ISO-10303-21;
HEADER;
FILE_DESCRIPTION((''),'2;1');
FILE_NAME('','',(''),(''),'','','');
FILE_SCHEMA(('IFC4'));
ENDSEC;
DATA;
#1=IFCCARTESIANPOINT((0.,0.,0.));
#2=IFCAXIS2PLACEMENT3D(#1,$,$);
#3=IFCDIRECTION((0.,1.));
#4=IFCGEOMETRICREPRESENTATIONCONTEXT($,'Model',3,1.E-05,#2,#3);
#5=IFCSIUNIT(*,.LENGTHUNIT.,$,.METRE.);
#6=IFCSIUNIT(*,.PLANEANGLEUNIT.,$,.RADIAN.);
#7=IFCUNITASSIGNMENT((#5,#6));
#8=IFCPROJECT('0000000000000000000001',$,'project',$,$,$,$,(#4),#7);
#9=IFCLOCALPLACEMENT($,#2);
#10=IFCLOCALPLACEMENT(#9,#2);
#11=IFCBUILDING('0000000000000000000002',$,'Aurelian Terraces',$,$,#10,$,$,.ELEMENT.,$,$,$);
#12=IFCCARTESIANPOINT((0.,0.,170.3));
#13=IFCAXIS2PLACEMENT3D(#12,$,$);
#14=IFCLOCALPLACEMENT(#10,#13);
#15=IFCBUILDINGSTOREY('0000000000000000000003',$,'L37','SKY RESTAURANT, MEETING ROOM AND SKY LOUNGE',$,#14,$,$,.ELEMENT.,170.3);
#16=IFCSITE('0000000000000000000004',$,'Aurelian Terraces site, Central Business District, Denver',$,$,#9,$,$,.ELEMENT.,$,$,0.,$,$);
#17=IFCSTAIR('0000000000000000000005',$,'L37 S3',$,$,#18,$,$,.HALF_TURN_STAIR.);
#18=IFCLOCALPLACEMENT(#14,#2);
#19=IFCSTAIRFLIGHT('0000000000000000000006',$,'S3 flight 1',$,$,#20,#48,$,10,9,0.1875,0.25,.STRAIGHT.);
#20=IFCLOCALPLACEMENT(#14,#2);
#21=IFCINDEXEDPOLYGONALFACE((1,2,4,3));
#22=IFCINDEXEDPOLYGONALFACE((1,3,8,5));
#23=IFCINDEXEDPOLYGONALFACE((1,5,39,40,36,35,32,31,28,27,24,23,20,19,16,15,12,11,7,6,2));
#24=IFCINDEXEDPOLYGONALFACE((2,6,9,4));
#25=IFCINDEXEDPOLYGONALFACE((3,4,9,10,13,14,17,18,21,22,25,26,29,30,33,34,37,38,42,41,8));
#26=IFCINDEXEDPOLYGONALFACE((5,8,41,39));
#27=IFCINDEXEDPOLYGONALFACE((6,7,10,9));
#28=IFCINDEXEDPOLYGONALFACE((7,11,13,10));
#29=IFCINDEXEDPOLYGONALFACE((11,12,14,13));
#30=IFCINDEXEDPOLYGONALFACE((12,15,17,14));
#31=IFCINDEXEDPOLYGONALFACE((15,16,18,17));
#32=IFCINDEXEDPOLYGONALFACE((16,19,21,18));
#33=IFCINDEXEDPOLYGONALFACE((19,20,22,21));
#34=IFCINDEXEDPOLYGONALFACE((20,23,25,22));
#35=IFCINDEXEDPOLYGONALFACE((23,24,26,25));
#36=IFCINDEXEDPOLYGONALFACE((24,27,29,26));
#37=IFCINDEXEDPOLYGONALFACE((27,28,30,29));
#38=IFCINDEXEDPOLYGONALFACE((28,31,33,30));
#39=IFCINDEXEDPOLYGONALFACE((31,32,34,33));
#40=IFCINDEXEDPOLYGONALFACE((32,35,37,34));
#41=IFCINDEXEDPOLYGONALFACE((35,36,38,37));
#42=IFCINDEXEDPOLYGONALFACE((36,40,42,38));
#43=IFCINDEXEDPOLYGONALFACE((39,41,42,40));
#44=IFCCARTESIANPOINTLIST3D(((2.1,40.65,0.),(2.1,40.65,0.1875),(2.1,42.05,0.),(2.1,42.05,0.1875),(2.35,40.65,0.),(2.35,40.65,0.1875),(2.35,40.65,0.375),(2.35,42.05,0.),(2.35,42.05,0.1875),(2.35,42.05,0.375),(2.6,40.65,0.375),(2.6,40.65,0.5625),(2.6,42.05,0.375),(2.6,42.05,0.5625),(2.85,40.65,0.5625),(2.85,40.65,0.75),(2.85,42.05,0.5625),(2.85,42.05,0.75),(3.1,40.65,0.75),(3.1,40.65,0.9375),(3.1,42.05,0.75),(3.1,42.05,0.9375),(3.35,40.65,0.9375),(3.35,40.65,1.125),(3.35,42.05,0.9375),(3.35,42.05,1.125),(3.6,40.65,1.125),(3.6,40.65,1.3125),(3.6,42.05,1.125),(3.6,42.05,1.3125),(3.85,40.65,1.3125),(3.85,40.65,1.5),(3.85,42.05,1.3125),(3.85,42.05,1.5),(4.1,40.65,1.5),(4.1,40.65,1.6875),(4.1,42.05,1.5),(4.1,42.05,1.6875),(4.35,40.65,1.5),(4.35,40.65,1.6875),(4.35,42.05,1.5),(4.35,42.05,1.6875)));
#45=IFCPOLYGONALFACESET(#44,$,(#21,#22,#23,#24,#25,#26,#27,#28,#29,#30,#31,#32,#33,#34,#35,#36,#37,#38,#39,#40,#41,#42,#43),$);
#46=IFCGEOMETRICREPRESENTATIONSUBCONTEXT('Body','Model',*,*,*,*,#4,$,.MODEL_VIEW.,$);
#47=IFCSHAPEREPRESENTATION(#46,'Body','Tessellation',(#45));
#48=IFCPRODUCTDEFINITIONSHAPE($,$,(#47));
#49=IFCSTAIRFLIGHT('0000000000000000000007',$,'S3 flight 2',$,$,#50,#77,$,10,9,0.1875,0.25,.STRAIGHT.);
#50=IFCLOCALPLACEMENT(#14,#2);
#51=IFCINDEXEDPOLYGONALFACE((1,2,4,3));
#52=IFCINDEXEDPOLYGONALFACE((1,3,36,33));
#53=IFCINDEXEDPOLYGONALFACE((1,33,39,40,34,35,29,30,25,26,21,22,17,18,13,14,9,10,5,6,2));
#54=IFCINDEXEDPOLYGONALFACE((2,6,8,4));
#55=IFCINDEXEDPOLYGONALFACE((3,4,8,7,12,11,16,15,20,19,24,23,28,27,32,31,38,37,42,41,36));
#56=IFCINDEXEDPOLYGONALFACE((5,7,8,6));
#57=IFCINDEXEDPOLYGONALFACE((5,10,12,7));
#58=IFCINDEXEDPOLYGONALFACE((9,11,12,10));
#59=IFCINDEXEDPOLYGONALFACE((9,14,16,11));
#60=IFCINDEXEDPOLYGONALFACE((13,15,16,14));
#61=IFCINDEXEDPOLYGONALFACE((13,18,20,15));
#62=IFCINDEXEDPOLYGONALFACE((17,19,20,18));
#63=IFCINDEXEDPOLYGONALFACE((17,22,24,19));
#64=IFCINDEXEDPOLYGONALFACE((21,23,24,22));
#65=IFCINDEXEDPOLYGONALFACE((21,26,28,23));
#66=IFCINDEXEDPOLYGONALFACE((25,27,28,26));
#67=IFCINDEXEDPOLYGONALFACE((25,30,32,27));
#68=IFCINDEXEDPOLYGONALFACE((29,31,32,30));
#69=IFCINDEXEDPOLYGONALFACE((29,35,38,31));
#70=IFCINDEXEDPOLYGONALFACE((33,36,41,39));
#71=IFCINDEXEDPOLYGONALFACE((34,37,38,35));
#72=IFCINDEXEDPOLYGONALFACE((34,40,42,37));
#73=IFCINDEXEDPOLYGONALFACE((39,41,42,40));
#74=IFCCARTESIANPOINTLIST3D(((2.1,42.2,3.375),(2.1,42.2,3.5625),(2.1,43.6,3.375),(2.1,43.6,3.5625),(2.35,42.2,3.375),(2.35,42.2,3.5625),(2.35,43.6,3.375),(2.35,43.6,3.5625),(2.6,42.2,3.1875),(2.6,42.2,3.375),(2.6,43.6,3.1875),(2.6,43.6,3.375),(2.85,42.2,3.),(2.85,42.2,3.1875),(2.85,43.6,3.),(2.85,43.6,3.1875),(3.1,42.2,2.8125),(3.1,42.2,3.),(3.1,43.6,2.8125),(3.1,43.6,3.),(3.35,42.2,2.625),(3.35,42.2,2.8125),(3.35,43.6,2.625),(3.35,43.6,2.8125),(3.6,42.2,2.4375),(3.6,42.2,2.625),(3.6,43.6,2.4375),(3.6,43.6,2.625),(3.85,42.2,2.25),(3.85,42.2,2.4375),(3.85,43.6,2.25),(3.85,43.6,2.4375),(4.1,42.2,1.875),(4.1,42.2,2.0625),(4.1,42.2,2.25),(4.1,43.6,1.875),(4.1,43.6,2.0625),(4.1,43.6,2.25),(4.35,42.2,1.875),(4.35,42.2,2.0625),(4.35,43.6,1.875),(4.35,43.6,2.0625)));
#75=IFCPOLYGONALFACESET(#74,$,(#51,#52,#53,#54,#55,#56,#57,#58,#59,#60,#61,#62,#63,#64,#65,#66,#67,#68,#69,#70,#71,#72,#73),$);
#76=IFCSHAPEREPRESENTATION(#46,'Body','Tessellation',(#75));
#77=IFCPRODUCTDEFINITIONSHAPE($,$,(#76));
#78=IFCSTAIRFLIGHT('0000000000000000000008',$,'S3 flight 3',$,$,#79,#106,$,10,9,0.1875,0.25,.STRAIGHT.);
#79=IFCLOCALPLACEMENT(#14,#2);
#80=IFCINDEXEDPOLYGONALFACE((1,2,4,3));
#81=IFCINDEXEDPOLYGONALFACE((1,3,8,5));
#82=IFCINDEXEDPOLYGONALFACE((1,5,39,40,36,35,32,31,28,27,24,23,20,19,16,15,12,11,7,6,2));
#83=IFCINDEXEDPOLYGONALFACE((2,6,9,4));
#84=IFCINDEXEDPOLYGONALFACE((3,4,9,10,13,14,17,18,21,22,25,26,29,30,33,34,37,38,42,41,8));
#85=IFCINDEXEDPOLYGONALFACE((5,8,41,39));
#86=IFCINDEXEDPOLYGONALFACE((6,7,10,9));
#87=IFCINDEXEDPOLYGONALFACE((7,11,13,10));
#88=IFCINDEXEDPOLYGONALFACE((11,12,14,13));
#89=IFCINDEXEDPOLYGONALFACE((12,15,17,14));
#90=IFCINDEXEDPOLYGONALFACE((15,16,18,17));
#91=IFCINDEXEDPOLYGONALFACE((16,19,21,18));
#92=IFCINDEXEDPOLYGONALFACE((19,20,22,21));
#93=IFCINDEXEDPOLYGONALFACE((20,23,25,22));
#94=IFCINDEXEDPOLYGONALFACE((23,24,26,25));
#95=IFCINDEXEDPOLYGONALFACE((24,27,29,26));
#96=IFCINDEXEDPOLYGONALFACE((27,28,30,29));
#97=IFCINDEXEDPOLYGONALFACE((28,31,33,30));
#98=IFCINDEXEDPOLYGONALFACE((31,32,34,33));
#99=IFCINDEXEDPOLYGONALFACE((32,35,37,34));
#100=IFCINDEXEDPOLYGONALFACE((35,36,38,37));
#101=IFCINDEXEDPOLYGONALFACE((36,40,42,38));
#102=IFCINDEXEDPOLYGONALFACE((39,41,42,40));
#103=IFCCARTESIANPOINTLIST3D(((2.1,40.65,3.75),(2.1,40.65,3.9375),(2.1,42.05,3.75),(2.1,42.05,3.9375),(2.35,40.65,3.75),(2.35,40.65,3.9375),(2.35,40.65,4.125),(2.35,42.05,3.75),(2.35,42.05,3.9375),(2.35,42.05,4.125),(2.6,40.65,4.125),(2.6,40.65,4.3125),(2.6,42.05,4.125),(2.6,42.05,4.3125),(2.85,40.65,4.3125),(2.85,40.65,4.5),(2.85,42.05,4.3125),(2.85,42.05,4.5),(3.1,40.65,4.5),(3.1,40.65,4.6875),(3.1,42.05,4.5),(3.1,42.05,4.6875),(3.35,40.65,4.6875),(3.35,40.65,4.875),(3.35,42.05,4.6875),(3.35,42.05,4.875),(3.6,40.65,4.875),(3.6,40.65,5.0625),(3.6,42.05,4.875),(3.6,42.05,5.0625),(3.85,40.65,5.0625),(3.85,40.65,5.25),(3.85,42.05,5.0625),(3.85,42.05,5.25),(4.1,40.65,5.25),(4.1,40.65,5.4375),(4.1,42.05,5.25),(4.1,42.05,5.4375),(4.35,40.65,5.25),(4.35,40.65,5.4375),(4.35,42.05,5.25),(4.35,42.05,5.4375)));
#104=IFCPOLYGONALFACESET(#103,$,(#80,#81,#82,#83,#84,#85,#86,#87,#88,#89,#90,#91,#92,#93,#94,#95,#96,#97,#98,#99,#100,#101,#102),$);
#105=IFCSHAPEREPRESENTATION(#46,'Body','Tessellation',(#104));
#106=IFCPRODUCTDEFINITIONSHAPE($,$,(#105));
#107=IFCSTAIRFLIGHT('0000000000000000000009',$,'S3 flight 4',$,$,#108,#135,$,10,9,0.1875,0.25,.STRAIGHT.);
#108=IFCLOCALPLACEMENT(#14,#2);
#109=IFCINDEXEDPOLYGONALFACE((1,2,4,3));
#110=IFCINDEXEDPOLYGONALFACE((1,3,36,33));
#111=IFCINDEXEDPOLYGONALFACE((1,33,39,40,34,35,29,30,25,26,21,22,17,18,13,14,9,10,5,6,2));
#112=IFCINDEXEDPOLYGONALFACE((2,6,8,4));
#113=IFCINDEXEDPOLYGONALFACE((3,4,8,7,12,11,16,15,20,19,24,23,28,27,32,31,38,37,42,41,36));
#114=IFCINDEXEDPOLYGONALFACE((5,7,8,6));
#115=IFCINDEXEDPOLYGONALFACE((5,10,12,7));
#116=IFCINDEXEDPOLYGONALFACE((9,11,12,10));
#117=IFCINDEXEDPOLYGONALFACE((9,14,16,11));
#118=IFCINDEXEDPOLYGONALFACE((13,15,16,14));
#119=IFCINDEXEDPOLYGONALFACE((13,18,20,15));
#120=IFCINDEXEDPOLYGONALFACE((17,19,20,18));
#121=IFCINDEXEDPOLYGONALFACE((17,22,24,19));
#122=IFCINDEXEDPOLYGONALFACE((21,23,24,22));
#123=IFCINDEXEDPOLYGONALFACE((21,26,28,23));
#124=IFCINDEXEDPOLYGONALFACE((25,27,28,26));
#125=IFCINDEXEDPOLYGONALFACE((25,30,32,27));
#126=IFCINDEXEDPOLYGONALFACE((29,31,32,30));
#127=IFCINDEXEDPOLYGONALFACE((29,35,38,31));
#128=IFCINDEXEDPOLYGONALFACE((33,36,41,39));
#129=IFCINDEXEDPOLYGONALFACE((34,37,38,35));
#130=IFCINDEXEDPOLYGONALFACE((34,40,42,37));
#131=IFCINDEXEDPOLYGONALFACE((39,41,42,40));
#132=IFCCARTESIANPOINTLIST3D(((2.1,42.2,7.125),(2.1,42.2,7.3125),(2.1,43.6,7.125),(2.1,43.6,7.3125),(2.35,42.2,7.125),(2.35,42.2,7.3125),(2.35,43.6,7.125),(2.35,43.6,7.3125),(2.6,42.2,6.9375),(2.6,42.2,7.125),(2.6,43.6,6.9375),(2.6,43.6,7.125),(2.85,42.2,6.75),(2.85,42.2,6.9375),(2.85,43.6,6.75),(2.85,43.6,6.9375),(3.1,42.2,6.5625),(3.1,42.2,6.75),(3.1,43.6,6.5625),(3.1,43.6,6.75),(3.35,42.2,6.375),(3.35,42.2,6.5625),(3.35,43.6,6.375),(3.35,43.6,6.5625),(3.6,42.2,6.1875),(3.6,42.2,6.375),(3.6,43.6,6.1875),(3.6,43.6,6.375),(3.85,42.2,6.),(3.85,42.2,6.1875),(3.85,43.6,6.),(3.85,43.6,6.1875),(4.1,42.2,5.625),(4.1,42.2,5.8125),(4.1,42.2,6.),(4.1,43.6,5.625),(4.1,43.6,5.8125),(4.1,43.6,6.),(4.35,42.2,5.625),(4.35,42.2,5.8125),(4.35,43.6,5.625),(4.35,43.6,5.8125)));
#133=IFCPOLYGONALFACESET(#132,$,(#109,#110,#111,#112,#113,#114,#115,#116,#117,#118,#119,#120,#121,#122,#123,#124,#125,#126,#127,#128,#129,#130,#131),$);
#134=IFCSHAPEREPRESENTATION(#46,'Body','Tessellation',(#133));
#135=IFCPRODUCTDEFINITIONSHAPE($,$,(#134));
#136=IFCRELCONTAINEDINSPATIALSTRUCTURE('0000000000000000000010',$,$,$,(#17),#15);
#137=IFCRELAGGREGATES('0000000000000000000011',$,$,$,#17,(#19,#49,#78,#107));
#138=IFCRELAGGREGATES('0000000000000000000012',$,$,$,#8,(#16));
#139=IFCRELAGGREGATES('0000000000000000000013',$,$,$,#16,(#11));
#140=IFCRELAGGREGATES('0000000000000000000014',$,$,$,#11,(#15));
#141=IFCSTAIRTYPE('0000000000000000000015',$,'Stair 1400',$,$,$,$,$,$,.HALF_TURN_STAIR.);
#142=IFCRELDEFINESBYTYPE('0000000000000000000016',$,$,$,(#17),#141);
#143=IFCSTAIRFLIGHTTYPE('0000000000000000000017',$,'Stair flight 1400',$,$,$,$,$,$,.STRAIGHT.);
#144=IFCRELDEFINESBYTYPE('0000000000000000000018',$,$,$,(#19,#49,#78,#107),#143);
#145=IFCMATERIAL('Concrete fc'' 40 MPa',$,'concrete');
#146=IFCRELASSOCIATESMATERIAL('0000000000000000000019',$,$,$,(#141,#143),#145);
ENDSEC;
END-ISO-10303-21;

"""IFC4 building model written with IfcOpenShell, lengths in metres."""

from ifc_helpers import new_model, si_unit, direction, frame, origin, place, context, subcontext, project, spatial, polyline, outline, extrude, source, transform, mapped, material, type_object, element, aggregate, save


model = new_model("IFC4")

# Units and contexts
model_context = context("Model", 3, precision=1e-05, world=origin(), true_north=direction((0.0, 1.0)))
body_context = subcontext(model_context, "Body", "Model", "MODEL_VIEW")
ifc_project = project(units=[si_unit("LENGTHUNIT", "METRE"), si_unit("PLANEANGLEUNIT", "RADIAN")], contexts=[model_context])

# Site, building, storey
site_placement = place(None, origin())
site = spatial("IfcSite", under=ifc_project, at=site_placement, Name="Aurelian Terraces site, Central Business District, Denver", CompositionType="ELEMENT", RefElevation=0.0)
building_placement = place(site_placement, origin())
building = spatial("IfcBuilding", under=site, at=building_placement, Name="Aurelian Terraces", CompositionType="ELEMENT")
storey_placement = place(building_placement, frame((0.0, 0.0, 170.3)))
storey = spatial("IfcBuildingStorey", under=building, at=storey_placement, Name="L37", Description="SKY RESTAURANT, MEETING ROOM AND SKY LOUNGE", CompositionType="ELEMENT", Elevation=170.3)

# Shared definitions
ifc_material_1 = material(Name="Concrete fc' 40 MPa", Category="concrete")

# Stair, stair flights
stair_type = type_object("IfcStairType", Name="Stair 1400", PredefinedType="HALF_TURN_STAIR", material=ifc_material_1)
stair_placement = place(storey_placement, origin())
stair = element("IfcStair", 1, at=stair_placement, inside=storey, type_object=stair_type, Name="L37 S3", PredefinedType="HALF_TURN_STAIR")
stair_flight_type = type_object("IfcStairFlightType", Name="Stair flight 1400", PredefinedType="STRAIGHT", material=ifc_material_1)
shared_shape_1 = source(origin(), body_context, "Body", "SweptSolid", [
    extrude(outline(polyline([(0.0, 0.0), (0.0, 0.1875), (0.25, 0.1875), (0.25, 0.375), (0.5, 0.375), (0.5, 0.5625), (0.75, 0.5625), (0.75, 0.75), (1.0, 0.75), (1.0, 0.9375), (1.25, 0.9375), (1.25, 1.125), (1.5, 1.125), (1.5, 1.3125), (1.75, 1.3125), (1.75, 1.5), (2.0, 1.5), (2.0, 1.6875), (2.25, 1.6875), (2.25, 1.875), (2.25, 1.5), (0.25, 0.0), (0.0, 0.0)])), frame((0.0, 0.7, 0.0), z_axis=(0.0, -1.0, 0.0), x_axis=(1.0, 0.0, 0.0)), (0.0, 0.0, 1.0), 1.4),
])
stair_flight_1_placement = place(storey_placement, frame((2.1, 41.35, 0.0), z_axis=(0.0, 0.0, 1.0), x_axis=(1.0, 0.0, 0.0)))
stair_flight_1 = element("IfcStairFlight", 2, at=stair_flight_1_placement, type_object=stair_flight_type, Name="S3 flight 1", NumberOfRisers=10, NumberOfTreads=9, PredefinedType="STRAIGHT", RiserHeight=0.1875, TreadLength=0.25, context=body_context, shape_type="MappedRepresentation", body=[
    mapped(shared_shape_1, transform((0.0, 0.0, 0.0), scale=1.0)),
])
stair_flight_2_placement = place(storey_placement, frame((4.35, 42.9, 1.875), z_axis=(0.0, 0.0, 1.0), x_axis=(-1.0, 0.0, 0.0)))
stair_flight_2 = element("IfcStairFlight", 3, at=stair_flight_2_placement, type_object=stair_flight_type, Name="S3 flight 2", NumberOfRisers=10, NumberOfTreads=9, PredefinedType="STRAIGHT", RiserHeight=0.1875, TreadLength=0.25, context=body_context, shape_type="MappedRepresentation", body=[
    mapped(shared_shape_1, transform((0.0, 0.0, 0.0), scale=1.0)),
])
stair_flight_3_placement = place(storey_placement, frame((2.1, 41.35, 3.75), z_axis=(0.0, 0.0, 1.0), x_axis=(1.0, 0.0, 0.0)))
stair_flight_3 = element("IfcStairFlight", 4, at=stair_flight_3_placement, type_object=stair_flight_type, Name="S3 flight 3", NumberOfRisers=10, NumberOfTreads=9, PredefinedType="STRAIGHT", RiserHeight=0.1875, TreadLength=0.25, context=body_context, shape_type="MappedRepresentation", body=[
    mapped(shared_shape_1, transform((0.0, 0.0, 0.0), scale=1.0)),
])
stair_flight_4_placement = place(storey_placement, frame((4.35, 42.9, 5.625), z_axis=(0.0, 0.0, 1.0), x_axis=(-1.0, 0.0, 0.0)))
stair_flight_4 = element("IfcStairFlight", 5, at=stair_flight_4_placement, type_object=stair_flight_type, Name="S3 flight 4", NumberOfRisers=10, NumberOfTreads=9, PredefinedType="STRAIGHT", RiserHeight=0.1875, TreadLength=0.25, context=body_context, shape_type="MappedRepresentation", body=[
    mapped(shared_shape_1, transform((0.0, 0.0, 0.0), scale=1.0)),
])
aggregate(stair, [stair_flight_1, stair_flight_2, stair_flight_3, stair_flight_4])

save(model, "model.ifc")
